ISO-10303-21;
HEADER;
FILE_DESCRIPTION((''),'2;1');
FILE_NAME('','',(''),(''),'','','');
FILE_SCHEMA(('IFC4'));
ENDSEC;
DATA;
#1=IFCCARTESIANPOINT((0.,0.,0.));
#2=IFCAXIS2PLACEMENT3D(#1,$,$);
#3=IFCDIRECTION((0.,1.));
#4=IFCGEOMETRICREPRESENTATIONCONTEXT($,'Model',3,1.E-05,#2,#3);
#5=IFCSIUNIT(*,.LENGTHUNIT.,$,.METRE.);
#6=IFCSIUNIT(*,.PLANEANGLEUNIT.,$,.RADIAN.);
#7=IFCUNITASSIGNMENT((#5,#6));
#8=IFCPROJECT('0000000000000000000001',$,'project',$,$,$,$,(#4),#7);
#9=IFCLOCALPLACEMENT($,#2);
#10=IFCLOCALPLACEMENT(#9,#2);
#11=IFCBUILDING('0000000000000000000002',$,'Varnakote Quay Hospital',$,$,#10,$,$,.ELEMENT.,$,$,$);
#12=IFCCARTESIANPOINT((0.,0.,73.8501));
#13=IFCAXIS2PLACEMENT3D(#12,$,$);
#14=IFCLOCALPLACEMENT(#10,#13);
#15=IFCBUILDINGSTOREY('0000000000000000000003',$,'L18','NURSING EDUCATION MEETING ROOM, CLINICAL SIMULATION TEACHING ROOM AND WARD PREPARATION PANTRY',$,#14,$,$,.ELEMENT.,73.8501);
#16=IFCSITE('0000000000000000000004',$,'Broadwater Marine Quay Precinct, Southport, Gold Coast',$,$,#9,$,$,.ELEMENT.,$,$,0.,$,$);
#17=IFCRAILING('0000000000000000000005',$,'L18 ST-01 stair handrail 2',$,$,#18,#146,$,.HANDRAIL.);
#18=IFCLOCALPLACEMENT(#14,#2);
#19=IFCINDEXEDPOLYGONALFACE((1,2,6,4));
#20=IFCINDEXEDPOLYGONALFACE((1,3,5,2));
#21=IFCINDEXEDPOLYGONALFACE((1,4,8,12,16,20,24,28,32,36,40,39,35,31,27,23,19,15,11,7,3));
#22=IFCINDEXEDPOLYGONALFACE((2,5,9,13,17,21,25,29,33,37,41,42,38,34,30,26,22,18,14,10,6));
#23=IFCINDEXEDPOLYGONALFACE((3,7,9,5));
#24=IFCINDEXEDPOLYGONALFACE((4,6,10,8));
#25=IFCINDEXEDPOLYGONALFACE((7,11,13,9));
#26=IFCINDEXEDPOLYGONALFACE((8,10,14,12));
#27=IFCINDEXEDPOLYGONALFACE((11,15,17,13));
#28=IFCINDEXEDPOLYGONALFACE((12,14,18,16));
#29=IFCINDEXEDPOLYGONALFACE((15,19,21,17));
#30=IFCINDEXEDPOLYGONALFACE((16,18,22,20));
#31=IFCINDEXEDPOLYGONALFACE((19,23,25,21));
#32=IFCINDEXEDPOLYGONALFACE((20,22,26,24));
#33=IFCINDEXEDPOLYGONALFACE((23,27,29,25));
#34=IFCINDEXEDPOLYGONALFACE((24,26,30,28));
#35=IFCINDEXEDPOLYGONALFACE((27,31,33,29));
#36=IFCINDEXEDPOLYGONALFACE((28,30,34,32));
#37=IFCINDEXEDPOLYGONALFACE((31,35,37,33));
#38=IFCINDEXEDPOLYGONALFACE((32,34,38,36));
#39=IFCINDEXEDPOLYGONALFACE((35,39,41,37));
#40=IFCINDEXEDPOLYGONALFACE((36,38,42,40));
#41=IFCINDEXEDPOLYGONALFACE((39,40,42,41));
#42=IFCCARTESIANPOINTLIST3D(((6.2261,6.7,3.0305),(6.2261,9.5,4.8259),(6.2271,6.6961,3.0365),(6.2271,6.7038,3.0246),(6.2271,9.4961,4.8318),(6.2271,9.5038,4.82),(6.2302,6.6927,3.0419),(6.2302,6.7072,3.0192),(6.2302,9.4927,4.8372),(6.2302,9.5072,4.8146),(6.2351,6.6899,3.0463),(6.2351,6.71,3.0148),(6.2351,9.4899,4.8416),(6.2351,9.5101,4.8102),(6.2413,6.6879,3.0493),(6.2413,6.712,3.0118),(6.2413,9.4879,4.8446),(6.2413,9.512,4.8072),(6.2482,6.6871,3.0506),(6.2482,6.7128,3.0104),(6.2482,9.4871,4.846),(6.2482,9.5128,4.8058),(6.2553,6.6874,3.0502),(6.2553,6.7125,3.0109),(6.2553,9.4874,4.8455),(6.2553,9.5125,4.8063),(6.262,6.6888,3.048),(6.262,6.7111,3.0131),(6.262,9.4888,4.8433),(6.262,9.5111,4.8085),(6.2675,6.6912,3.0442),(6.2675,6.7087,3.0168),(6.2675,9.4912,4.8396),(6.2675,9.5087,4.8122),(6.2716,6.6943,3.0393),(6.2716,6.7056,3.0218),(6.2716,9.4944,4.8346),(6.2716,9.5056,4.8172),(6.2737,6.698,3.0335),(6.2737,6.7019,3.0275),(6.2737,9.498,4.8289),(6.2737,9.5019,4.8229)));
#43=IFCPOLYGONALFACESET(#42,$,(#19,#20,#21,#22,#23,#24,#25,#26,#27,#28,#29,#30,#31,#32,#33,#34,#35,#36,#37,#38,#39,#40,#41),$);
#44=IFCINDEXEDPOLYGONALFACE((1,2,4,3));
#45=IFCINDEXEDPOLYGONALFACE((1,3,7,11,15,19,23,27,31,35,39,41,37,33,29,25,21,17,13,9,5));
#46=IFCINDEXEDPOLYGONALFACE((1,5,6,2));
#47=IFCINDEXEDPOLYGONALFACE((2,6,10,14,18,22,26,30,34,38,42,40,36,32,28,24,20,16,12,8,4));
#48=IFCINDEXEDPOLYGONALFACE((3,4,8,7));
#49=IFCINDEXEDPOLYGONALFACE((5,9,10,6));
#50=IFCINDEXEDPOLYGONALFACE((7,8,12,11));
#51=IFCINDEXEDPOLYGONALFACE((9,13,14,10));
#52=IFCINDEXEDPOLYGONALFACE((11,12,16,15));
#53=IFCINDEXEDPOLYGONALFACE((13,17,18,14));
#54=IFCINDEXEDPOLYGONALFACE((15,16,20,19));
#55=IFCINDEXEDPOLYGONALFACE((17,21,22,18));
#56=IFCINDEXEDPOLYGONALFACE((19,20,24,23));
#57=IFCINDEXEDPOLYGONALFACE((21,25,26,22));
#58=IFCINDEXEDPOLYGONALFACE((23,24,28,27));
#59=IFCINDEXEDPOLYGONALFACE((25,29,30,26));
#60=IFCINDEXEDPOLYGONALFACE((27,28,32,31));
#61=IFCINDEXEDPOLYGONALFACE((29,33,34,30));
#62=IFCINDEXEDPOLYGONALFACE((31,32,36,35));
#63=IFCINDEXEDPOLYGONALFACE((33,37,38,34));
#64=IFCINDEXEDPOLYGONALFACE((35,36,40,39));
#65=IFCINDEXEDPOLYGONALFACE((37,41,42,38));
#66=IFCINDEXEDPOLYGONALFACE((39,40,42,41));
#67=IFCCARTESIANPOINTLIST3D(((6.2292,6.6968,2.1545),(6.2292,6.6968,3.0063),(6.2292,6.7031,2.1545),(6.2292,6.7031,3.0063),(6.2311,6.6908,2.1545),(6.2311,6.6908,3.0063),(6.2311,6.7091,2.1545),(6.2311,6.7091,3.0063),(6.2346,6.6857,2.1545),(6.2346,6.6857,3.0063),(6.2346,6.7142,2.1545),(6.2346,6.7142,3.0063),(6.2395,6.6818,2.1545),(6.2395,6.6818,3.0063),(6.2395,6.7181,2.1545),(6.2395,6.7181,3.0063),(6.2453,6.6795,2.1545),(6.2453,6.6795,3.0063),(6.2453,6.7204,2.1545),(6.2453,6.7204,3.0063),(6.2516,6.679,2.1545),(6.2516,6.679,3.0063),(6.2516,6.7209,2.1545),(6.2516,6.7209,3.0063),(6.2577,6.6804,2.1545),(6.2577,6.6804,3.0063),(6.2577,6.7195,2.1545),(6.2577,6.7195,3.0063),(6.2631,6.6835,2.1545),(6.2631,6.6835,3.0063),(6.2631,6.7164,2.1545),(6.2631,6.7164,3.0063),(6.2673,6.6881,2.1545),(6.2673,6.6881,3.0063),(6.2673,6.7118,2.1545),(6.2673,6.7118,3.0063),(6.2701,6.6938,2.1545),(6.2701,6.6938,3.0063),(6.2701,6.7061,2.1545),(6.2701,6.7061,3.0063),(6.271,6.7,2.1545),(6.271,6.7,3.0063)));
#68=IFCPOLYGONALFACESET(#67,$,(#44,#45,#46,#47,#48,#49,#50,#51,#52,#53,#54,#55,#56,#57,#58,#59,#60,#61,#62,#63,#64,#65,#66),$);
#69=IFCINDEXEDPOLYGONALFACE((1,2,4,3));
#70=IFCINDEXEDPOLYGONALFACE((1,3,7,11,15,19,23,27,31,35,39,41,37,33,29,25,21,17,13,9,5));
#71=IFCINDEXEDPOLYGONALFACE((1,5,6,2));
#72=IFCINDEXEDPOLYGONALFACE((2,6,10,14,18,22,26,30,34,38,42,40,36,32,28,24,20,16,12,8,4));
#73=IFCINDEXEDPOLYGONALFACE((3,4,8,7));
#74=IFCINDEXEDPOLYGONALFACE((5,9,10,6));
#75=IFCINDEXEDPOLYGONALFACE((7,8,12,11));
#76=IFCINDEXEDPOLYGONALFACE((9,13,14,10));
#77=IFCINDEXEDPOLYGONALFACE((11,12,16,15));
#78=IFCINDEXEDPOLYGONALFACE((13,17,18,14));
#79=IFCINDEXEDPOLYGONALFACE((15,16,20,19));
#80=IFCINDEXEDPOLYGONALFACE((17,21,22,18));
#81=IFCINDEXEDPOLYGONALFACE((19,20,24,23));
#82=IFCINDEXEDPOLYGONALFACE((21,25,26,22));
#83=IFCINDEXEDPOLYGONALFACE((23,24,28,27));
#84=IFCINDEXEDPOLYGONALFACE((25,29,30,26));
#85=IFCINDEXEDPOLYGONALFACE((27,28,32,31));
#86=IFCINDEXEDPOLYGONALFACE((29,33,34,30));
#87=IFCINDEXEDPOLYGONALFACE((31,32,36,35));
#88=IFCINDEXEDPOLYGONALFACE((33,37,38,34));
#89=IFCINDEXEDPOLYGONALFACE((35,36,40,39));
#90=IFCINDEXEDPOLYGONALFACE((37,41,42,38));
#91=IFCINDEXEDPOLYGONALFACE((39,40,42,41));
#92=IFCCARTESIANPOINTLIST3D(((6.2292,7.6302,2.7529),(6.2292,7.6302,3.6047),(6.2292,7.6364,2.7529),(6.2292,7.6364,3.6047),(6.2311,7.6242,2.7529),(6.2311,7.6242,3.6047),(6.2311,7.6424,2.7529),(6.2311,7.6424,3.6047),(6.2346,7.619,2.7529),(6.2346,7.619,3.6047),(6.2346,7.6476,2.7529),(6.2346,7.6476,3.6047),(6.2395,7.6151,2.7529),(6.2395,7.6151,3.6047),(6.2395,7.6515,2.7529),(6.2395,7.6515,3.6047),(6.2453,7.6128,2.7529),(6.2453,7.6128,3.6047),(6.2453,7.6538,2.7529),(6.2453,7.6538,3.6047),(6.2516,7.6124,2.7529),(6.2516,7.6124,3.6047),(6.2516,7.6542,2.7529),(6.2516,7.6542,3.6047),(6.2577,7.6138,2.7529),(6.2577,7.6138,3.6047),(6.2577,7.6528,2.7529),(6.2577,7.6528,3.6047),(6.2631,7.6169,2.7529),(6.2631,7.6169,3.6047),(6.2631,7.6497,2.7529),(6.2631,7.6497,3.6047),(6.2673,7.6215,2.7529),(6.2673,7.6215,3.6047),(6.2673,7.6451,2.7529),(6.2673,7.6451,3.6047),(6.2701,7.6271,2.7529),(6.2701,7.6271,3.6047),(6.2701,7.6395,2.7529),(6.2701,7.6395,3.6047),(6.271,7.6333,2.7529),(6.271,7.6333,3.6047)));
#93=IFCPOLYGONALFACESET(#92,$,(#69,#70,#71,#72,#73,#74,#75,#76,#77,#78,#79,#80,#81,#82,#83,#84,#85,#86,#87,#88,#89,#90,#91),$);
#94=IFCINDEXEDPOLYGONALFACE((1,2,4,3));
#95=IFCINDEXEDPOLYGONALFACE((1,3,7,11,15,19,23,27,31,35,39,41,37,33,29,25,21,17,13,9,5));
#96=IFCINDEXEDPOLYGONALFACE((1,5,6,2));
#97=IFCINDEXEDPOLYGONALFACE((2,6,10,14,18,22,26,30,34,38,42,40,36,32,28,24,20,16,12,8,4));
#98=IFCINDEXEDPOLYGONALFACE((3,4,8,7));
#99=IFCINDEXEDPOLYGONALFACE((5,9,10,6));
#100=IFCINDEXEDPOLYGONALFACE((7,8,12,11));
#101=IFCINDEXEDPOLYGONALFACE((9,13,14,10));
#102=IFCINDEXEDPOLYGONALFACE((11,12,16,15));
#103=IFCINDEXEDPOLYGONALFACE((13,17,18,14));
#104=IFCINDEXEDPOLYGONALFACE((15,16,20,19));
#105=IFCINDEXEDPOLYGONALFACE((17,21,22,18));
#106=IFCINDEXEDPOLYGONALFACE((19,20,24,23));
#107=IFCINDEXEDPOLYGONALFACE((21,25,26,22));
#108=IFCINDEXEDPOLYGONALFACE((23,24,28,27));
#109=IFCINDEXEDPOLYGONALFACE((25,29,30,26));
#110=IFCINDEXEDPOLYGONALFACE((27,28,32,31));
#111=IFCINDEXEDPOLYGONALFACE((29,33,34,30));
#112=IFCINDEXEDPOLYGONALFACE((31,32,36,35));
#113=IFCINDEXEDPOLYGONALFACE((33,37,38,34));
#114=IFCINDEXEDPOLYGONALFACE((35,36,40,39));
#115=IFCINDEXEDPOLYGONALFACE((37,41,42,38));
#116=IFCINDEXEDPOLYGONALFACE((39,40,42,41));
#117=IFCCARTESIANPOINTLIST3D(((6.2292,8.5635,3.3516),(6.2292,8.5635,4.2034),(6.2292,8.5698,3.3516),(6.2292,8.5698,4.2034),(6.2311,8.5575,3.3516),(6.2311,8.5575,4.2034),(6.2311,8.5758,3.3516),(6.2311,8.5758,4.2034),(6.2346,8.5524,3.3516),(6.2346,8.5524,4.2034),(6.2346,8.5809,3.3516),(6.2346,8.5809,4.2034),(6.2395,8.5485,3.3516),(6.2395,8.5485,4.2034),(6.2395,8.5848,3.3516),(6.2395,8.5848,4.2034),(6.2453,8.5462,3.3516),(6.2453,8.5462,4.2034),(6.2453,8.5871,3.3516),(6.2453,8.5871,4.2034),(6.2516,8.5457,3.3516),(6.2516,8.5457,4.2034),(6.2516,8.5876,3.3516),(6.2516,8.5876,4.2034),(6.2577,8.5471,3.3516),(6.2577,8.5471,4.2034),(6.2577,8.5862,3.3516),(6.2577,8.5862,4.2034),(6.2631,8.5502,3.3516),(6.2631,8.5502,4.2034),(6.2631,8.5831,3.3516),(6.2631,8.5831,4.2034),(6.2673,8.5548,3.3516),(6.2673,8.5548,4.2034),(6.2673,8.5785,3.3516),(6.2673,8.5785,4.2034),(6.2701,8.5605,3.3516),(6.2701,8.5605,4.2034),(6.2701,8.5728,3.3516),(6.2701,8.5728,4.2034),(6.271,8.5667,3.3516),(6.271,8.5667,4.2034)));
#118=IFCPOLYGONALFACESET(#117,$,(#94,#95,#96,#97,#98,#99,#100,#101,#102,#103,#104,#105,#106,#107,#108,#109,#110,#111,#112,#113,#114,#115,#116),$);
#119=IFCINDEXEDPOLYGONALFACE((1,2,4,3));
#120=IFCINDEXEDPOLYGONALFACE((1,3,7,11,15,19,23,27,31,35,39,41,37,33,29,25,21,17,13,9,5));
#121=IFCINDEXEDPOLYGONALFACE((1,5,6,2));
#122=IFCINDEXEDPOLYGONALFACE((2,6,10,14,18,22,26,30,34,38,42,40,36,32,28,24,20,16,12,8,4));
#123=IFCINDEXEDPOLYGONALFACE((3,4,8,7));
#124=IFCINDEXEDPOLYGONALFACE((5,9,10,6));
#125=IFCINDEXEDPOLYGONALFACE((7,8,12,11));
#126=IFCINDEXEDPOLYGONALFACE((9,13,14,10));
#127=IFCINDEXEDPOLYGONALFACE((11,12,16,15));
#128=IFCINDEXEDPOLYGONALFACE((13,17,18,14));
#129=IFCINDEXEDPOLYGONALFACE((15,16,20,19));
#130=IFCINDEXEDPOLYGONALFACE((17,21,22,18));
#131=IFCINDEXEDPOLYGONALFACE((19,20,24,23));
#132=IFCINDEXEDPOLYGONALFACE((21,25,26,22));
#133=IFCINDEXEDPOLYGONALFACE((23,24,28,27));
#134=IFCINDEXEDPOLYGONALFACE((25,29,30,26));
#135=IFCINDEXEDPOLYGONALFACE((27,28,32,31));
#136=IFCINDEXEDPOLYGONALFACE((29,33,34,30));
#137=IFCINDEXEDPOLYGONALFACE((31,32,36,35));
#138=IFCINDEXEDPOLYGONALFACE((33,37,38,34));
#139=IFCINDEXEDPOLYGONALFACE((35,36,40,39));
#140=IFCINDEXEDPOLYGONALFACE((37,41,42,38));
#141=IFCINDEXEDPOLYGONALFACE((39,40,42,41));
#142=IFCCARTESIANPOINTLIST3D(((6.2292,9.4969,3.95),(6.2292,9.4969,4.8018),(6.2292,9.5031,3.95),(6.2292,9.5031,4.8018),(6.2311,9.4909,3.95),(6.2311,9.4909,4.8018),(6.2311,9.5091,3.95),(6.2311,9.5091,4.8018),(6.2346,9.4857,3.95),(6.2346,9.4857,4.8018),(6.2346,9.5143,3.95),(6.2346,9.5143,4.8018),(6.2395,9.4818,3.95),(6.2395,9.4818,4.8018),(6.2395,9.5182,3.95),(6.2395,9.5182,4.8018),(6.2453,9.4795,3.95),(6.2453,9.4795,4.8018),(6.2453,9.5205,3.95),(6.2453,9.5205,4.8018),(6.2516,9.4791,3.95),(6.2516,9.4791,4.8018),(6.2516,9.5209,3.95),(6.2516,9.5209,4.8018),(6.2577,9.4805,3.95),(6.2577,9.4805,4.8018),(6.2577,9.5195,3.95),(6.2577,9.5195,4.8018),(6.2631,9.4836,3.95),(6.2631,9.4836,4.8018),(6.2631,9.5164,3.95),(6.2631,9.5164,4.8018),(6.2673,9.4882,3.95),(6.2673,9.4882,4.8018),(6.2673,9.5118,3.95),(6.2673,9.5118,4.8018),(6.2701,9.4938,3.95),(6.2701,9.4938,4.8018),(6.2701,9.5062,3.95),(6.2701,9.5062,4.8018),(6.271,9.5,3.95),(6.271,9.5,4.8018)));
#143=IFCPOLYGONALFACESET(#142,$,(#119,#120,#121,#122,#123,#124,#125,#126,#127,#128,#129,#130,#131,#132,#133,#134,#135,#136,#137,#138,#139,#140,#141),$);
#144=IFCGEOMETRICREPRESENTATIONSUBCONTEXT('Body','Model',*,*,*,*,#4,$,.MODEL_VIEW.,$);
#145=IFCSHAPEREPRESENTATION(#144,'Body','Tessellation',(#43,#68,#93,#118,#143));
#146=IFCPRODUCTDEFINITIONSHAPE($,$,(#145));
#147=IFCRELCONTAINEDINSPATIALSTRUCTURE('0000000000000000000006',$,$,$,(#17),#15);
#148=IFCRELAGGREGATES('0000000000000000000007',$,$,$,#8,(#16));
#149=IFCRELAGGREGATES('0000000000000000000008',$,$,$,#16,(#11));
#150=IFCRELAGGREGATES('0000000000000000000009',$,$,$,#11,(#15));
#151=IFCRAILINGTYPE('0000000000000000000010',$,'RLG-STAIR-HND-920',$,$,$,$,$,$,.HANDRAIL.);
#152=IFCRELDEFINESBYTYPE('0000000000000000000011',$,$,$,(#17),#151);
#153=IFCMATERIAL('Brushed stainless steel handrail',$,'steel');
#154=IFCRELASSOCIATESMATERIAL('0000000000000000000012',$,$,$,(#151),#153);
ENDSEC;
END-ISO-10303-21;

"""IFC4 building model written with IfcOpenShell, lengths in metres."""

from ifc_helpers import new_model, si_unit, direction, frame, origin, origin_2d, place, context, subcontext, project, spatial, circle, extrude, material, type_object, element, save


model = new_model("IFC4")

# Units and contexts
model_context = context("Model", 3, precision=1e-05, world=origin(), true_north=direction((0.0, 1.0)))
body_context = subcontext(model_context, "Body", "Model", "MODEL_VIEW")
ifc_project = project(units=[si_unit("LENGTHUNIT", "METRE"), si_unit("PLANEANGLEUNIT", "RADIAN")], contexts=[model_context])

# Site, building, storey
site_placement = place(None, origin())
site = spatial("IfcSite", under=ifc_project, at=site_placement, Name="Broadwater Marine Quay Precinct, Southport, Gold Coast", CompositionType="ELEMENT", RefElevation=0.0)
building_placement = place(site_placement, origin())
building = spatial("IfcBuilding", under=site, at=building_placement, Name="Varnakote Quay Hospital", CompositionType="ELEMENT")
storey_placement = place(building_placement, frame((0.0, 0.0, 73.8501)))
storey = spatial("IfcBuildingStorey", under=building, at=storey_placement, Name="L18", Description="NURSING EDUCATION MEETING ROOM, CLINICAL SIMULATION TEACHING ROOM AND WARD PREPARATION PANTRY", CompositionType="ELEMENT", Elevation=73.8501)

# Railing
ifc_material_1 = material(Name="Brushed stainless steel handrail", Category="steel")
railing_type_1 = type_object("IfcRailingType", Name="RLG-STAIR-HND-920", PredefinedType="HANDRAIL", material=ifc_material_1)
railing_1_placement = place(storey_placement, frame((6.25, 6.7, 2.1545)))
element("IfcRailing", 1, at=railing_1_placement, inside=storey, type_object=railing_type_1, Name="L18 ST-01 stair handrail 2", PredefinedType="HANDRAIL", context=body_context, shape_type="SweptSolid", body=[
    extrude(circle(Radius=0.0239, at=origin_2d()), frame((0.0, 0.0, 0.876), z_axis=(0.0, 0.84181, 0.539774), x_axis=(-1.0, 0.0, 0.0)), (0.0, 0.0, 1.0), 3.3262),
    extrude(circle(Radius=0.021, at=origin_2d()), origin(), (0.0, 0.0, 1.0), 0.8518),
    extrude(circle(Radius=0.021, at=origin_2d()), frame((0.0, 0.9333, 0.5984)), (0.0, 0.0, 1.0), 0.8518),
    extrude(circle(Radius=0.021, at=origin_2d()), frame((0.0, 1.8667, 1.197)), (0.0, 0.0, 1.0), 0.8518),
    extrude(circle(Radius=0.021, at=origin_2d()), frame((0.0, 2.8, 1.7954)), (0.0, 0.0, 1.0), 0.8518),
])

save(model, "model.ifc")
